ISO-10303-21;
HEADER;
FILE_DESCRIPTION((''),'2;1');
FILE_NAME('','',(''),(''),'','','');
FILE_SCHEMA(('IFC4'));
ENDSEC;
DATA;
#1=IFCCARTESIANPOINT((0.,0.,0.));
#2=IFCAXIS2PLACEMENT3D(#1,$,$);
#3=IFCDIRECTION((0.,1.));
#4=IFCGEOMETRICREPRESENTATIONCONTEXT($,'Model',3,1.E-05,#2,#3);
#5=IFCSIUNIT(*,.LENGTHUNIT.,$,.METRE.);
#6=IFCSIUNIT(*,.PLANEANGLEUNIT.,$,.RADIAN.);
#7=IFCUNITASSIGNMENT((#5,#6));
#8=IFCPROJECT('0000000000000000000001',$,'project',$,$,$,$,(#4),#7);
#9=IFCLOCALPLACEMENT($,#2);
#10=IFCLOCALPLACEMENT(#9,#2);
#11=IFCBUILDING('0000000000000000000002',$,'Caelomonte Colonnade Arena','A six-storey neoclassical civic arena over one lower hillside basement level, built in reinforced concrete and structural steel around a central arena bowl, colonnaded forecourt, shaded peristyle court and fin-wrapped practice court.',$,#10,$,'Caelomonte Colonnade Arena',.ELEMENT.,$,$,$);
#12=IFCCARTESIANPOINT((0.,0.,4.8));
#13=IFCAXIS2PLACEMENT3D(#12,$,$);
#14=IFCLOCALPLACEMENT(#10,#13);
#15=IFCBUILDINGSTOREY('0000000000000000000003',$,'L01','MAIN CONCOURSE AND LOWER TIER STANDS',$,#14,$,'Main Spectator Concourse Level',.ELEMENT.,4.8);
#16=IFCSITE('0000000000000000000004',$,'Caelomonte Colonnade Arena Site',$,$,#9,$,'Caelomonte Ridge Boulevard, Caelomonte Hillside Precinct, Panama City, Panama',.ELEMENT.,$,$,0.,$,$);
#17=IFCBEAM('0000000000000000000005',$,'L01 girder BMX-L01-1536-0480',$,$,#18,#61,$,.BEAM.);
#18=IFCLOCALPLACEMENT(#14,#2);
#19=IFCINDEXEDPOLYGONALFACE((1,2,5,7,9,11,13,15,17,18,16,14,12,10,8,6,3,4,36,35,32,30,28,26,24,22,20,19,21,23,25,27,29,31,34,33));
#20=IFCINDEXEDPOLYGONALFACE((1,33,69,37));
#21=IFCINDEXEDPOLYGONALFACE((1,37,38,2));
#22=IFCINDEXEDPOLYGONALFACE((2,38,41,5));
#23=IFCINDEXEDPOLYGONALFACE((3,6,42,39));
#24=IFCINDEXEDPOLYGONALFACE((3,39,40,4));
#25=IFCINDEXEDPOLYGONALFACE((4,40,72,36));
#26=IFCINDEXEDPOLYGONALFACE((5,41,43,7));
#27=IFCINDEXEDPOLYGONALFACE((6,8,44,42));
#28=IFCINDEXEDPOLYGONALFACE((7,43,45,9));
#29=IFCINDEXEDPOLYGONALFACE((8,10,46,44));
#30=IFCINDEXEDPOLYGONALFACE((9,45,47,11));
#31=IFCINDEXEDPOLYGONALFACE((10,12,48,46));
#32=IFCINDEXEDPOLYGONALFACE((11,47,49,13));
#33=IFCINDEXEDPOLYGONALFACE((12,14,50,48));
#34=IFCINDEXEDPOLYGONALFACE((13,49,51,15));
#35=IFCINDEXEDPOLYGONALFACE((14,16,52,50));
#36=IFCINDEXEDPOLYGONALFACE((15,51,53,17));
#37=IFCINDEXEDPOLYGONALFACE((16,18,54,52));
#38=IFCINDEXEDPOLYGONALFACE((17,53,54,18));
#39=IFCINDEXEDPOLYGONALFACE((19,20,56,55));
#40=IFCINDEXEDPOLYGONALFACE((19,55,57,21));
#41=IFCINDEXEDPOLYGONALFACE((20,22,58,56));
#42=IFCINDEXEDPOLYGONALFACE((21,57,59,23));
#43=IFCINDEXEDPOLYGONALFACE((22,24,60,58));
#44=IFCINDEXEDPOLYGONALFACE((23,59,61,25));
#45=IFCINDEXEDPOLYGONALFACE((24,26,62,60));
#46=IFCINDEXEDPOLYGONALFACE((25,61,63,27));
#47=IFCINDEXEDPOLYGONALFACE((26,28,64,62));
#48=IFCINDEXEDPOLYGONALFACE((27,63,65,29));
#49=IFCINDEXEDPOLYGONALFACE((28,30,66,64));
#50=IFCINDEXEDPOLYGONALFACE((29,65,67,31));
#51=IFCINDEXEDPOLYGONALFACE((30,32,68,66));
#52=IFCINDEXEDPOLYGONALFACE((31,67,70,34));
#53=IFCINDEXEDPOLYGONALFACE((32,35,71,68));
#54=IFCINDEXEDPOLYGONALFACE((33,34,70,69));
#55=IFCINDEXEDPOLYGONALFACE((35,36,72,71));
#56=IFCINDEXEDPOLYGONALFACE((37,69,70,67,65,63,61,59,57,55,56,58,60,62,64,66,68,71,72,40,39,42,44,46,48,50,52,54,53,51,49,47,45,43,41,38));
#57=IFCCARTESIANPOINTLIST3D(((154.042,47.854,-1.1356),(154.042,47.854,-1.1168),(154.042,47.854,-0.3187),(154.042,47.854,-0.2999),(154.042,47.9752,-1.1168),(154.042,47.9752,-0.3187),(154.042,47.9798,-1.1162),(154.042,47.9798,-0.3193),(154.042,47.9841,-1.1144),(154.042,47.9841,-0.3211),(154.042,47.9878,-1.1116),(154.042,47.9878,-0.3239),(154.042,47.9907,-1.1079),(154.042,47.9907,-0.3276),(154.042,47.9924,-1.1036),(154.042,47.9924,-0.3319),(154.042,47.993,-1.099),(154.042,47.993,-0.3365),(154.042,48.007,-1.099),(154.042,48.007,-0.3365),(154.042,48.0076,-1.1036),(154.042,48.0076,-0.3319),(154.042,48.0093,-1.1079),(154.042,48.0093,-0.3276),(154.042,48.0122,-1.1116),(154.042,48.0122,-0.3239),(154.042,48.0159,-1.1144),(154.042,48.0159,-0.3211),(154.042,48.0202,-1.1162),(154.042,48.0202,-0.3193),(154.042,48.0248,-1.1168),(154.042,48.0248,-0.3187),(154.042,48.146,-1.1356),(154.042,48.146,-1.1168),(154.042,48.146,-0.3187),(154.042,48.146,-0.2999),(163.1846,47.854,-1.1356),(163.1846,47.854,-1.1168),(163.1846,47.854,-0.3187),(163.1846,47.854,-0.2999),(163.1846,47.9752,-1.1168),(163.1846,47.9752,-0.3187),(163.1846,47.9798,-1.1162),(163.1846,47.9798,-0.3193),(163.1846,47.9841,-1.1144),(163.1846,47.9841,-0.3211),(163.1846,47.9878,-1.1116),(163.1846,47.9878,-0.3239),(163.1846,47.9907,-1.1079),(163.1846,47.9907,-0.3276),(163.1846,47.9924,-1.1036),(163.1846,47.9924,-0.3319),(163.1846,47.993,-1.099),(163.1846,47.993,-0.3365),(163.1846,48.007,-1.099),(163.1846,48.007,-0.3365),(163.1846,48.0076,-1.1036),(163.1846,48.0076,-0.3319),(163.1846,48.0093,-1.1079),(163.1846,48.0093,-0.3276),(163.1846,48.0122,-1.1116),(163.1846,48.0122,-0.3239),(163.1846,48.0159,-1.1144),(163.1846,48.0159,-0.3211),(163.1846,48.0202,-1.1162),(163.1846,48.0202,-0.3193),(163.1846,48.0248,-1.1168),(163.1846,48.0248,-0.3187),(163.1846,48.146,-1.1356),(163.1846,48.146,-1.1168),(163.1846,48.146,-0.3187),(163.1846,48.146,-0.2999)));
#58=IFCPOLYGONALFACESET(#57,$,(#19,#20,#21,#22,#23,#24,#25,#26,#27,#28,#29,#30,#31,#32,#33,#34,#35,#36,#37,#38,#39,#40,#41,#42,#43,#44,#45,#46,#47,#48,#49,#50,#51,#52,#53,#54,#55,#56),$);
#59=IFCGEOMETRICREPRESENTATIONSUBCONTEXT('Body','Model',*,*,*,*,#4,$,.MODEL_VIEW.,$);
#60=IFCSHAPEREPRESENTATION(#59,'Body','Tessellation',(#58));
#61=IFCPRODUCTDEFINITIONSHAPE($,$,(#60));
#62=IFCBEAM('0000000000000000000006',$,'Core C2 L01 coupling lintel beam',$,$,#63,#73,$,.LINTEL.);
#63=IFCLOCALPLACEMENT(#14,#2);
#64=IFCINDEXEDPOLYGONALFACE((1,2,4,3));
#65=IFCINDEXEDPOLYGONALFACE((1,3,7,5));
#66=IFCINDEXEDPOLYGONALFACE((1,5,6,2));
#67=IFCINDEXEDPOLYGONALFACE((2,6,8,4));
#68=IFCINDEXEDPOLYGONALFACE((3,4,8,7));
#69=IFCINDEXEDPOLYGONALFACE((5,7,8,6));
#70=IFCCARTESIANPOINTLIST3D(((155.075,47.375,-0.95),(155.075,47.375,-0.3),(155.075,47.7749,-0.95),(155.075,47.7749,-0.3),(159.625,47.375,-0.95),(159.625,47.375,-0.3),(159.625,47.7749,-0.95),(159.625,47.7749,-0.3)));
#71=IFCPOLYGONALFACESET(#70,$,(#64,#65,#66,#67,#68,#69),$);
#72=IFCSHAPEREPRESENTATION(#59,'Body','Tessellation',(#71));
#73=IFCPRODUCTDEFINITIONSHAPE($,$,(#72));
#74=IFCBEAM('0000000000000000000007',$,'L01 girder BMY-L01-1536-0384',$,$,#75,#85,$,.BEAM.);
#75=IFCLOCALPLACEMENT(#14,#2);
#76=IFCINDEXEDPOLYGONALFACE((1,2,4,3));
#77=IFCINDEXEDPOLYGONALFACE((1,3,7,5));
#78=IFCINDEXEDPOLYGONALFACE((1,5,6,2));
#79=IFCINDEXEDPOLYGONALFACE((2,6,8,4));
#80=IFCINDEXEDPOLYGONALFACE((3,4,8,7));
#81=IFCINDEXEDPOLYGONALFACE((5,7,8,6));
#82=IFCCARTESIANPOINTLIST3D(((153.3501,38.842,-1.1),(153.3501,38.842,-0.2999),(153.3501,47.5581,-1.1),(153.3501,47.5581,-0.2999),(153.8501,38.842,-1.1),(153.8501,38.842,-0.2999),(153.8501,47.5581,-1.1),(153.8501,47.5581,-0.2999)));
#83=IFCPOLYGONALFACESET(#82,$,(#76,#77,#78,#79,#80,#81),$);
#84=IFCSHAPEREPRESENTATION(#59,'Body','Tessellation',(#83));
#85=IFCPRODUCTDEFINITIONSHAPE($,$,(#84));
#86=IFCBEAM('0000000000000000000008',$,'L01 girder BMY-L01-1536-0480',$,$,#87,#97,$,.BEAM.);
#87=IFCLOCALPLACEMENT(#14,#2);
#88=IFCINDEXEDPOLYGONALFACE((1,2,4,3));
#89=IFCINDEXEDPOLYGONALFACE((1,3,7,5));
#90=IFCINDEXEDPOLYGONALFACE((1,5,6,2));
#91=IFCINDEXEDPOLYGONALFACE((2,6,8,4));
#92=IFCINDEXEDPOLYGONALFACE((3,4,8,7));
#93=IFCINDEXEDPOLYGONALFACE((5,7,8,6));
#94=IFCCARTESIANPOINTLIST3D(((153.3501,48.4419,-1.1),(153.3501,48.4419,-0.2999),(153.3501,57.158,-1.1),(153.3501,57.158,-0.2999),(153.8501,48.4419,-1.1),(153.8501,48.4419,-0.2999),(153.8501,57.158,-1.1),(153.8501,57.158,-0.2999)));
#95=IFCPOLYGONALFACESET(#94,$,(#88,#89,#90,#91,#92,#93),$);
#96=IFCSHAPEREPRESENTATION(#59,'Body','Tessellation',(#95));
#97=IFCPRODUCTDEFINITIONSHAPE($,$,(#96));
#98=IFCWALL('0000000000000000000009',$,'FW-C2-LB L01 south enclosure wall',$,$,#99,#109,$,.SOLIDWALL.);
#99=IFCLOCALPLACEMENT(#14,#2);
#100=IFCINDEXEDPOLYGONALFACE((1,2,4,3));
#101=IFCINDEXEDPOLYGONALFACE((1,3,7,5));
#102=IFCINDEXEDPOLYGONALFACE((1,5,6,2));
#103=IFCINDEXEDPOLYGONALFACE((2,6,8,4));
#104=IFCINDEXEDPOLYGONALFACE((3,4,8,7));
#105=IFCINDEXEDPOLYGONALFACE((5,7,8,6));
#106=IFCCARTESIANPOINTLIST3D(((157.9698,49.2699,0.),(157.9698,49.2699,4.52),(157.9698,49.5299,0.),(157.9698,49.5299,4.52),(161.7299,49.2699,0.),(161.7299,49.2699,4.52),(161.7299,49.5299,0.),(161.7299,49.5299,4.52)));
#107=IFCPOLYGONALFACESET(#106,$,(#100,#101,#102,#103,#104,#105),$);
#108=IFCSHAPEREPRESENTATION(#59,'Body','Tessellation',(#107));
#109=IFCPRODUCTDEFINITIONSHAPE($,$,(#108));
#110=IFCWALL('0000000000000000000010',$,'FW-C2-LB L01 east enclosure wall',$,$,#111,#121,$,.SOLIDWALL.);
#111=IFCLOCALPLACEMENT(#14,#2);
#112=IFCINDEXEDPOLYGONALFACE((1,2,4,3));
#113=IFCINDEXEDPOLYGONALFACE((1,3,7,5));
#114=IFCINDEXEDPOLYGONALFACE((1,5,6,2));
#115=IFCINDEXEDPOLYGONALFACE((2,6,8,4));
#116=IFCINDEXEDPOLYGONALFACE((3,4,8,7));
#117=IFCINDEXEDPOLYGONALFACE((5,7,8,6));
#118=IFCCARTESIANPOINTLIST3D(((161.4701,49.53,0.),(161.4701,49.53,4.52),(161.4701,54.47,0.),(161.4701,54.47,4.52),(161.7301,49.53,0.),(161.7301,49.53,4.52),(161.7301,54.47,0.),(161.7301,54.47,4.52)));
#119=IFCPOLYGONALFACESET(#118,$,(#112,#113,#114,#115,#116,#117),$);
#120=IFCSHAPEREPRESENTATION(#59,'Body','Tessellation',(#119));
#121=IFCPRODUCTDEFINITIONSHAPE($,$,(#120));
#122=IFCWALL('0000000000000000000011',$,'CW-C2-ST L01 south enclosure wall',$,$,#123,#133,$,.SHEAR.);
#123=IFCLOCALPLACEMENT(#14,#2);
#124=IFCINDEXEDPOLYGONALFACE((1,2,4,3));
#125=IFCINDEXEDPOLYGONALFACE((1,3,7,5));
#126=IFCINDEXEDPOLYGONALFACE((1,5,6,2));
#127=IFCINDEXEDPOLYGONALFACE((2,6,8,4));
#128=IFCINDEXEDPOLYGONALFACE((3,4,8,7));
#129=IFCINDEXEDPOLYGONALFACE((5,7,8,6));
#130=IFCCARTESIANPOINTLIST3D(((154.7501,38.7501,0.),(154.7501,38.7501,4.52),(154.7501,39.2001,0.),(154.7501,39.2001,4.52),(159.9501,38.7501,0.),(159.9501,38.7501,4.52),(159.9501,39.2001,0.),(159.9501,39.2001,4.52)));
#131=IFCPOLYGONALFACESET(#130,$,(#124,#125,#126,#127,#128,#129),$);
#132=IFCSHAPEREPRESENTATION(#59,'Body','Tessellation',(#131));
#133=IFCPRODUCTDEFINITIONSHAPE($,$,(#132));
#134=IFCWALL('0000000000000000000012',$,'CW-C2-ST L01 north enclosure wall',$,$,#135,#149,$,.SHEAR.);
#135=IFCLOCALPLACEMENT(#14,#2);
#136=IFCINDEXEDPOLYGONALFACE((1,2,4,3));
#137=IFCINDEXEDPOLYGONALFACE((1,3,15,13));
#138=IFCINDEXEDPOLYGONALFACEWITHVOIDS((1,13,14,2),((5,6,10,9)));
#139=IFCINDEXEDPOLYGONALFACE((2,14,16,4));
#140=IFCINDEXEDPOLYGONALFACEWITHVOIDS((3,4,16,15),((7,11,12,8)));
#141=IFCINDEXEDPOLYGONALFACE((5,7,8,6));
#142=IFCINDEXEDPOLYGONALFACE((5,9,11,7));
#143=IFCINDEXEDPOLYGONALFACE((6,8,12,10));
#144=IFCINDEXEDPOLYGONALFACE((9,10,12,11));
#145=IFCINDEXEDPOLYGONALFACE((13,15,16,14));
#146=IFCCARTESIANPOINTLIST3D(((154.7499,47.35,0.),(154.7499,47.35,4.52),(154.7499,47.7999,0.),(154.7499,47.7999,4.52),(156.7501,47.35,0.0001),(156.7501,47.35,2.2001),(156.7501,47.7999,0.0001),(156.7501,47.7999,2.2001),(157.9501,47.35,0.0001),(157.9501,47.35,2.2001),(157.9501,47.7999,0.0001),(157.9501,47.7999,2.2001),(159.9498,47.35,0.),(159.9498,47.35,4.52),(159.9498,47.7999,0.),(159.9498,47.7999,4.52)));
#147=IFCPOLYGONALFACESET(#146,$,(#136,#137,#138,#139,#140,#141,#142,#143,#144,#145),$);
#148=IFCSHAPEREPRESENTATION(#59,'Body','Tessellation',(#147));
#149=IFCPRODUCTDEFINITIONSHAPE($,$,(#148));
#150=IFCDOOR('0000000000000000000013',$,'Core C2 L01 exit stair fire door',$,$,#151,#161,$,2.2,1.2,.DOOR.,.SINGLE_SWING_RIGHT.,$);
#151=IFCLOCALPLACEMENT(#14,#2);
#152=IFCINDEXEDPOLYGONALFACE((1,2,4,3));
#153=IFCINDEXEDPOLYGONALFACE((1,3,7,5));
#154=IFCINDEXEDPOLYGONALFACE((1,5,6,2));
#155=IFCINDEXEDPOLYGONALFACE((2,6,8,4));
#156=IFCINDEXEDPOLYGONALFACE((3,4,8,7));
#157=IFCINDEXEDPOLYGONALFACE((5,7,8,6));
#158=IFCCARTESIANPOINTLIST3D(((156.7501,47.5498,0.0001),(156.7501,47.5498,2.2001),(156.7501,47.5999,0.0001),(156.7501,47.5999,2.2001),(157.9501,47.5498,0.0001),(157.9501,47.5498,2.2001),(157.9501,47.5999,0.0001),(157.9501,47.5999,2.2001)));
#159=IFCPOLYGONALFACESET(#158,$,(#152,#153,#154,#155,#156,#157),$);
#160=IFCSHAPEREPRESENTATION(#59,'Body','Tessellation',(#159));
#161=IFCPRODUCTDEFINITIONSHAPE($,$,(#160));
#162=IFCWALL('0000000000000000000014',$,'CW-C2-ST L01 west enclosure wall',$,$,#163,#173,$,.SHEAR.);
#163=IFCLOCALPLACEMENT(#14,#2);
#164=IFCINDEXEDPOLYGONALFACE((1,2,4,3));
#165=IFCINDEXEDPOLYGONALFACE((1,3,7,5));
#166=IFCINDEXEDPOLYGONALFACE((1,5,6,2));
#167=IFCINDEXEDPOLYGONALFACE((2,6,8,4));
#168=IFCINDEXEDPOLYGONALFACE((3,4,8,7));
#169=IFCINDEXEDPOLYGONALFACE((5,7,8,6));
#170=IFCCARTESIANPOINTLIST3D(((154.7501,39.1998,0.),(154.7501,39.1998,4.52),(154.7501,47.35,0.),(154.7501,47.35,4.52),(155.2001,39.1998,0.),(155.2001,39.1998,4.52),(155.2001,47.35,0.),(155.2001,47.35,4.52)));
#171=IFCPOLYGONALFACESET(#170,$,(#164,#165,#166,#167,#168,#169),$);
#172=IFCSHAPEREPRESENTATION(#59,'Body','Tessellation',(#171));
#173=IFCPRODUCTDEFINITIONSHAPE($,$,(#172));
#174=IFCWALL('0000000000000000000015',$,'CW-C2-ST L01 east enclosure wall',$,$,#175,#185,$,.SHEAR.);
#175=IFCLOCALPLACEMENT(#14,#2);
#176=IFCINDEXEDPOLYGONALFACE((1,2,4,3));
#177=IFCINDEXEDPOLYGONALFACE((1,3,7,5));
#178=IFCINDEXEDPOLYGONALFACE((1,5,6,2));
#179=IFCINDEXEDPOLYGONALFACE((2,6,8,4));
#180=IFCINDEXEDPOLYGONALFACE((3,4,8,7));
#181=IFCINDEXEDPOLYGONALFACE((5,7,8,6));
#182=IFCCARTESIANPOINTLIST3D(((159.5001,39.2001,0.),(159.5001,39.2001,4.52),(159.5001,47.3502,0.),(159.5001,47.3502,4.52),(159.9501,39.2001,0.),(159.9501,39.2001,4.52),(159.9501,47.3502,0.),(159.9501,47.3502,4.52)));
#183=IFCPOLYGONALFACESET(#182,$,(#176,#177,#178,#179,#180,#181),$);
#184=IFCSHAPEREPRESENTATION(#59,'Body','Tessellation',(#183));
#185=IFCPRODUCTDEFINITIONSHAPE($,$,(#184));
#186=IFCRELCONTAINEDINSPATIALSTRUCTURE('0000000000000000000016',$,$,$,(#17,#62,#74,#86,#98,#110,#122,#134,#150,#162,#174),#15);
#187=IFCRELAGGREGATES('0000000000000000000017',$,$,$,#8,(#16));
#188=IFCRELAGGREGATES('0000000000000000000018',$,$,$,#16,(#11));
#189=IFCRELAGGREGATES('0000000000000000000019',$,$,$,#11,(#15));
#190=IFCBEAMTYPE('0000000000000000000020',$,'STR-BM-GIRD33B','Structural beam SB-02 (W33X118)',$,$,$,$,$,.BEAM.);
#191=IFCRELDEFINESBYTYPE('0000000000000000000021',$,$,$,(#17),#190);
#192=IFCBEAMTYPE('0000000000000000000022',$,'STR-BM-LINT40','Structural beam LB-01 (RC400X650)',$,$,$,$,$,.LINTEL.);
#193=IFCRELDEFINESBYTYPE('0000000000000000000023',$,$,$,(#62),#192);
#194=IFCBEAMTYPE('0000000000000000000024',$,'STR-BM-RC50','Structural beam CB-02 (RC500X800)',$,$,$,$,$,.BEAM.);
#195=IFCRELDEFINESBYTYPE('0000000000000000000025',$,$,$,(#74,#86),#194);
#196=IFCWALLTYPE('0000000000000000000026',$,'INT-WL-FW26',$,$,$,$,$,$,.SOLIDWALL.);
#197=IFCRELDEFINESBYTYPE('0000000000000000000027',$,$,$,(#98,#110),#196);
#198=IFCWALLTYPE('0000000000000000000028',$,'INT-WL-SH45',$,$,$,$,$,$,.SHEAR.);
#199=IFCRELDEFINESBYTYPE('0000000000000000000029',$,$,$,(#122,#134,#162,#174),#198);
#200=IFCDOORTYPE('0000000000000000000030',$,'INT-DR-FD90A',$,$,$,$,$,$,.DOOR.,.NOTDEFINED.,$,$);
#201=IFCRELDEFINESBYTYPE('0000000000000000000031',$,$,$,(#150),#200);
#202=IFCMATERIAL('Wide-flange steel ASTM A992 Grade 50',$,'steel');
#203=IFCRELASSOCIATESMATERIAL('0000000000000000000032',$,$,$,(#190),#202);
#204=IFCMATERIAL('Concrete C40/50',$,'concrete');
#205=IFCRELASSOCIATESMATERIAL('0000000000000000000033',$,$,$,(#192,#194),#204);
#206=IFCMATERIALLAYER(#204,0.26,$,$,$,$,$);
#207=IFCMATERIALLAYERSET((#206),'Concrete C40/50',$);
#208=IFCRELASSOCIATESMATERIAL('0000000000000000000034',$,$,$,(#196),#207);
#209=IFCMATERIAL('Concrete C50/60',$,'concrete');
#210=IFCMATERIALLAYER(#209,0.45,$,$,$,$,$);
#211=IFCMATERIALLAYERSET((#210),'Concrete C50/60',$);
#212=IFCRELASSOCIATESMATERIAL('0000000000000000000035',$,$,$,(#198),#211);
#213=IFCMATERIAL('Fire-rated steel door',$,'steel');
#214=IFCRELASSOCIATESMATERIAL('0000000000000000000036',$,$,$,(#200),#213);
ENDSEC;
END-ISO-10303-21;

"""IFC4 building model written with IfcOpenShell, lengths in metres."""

from ifc_helpers import new_model, si_unit, direction, frame, frame_2d, origin, origin_2d, place, context, subcontext, project, spatial, rectangle, i_section, extrude, material, layer, layer_set, material_profile, profile_set, type_object, element, fill, save


model = new_model("IFC4")

# Units and contexts
model_context = context("Model", 3, precision=1e-05, world=origin(), true_north=direction((0.0, 1.0)))
body_context = subcontext(model_context, "Body", "Model", "MODEL_VIEW")
ifc_project = project(units=[si_unit("LENGTHUNIT", "METRE"), si_unit("PLANEANGLEUNIT", "RADIAN")], contexts=[model_context])

# Site, building, storey
site_placement = place(None, origin())
site = spatial("IfcSite", under=ifc_project, at=site_placement, Name="Caelomonte Colonnade Arena Site", LongName="Caelomonte Ridge Boulevard, Caelomonte Hillside Precinct, Panama City, Panama", CompositionType="ELEMENT", RefElevation=0.0)
building_placement = place(site_placement, origin())
building = spatial("IfcBuilding", under=site, at=building_placement, Name="Caelomonte Colonnade Arena", Description="A six-storey neoclassical civic arena over one lower hillside basement level, built in reinforced concrete and structural steel around a central arena bowl, colonnaded forecourt, shaded peristyle court and fin-wrapped practice court.", LongName="Caelomonte Colonnade Arena", CompositionType="ELEMENT")
storey_placement = place(building_placement, frame((0.0, 0.0, 4.8)))
storey = spatial("IfcBuildingStorey", under=building, at=storey_placement, Name="L01", Description="MAIN CONCOURSE AND LOWER TIER STANDS", LongName="Main Spectator Concourse Level", CompositionType="ELEMENT", Elevation=4.8)

# Shared definitions
ifc_material_1 = material(Name="Concrete C50/60", Category="concrete")
ifc_material_2 = material(Name="Wide-flange steel ASTM A992 Grade 50", Category="steel")

# Beams
ifc_material_profile_1 = material_profile(ifc_material_2, i_section(OverallWidth=0.292, OverallDepth=0.8357, WebThickness=0.0139, FlangeThickness=0.0188, FilletRadius=0.0178, at=origin_2d()), Name="W33X118")
ifc_profile_set_1 = profile_set([ifc_material_profile_1], Name="Wide-flange steel ASTM A992 Grade 50")
beam_type_1 = type_object("IfcBeamType", Name="STR-BM-GIRD33B", Description="Structural beam SB-02 (W33X118)", PredefinedType="BEAM", material=ifc_profile_set_1)
for number, where, z_axis, x_axis, name in (
    (1, (154.042, 48.0, -0.7178), (1.0, 0.0, 0.0), (0.0, 1.0, 0.0), "L01 girder BMX-L01-1536-0480"),
):
    element("IfcBeam", number, at=place(storey_placement, frame(where, z_axis=z_axis, x_axis=x_axis)), inside=storey, type_object=beam_type_1, Name=name, PredefinedType="BEAM", context=body_context, shape_type="SweptSolid", body=[
        extrude(i_section(OverallWidth=0.292, OverallDepth=0.8357, WebThickness=0.0139, FlangeThickness=0.0188, FilletRadius=0.0178, at=origin_2d()), origin(), (0.0, 0.0, 1.0), 9.1426),
    ])
ifc_material_3 = material(Name="Concrete C40/50", Category="concrete")
ifc_material_profile_2 = material_profile(ifc_material_3, rectangle(XDim=0.3999, YDim=0.6499, at=origin_2d()), Name="RC400X650")
ifc_profile_set_2 = profile_set([ifc_material_profile_2], Name="Concrete C40/50")
beam_type_2 = type_object("IfcBeamType", Name="STR-BM-LINT40", Description="Structural beam LB-01 (RC400X650)", PredefinedType="LINTEL", material=ifc_profile_set_2)
beam_1_placement = place(storey_placement, frame((155.075, 47.575, -0.625), z_axis=(1.0, 0.0, 0.0), x_axis=(0.0, 1.0, 0.0)))
element("IfcBeam", 2, at=beam_1_placement, inside=storey, type_object=beam_type_2, Name="Core C2 L01 coupling lintel beam", PredefinedType="LINTEL", context=body_context, shape_type="SweptSolid", body=[
    extrude(rectangle(XDim=0.3999, YDim=0.6499, at=origin_2d()), origin(), (0.0, 0.0, 1.0), 4.55),
])
ifc_material_profile_3 = material_profile(ifc_material_3, rectangle(XDim=0.5, YDim=0.8, at=origin_2d()), Name="RC500X800")
ifc_profile_set_3 = profile_set([ifc_material_profile_3], Name="Concrete C40/50")
beam_type_3 = type_object("IfcBeamType", Name="STR-BM-RC50", Description="Structural beam CB-02 (RC500X800)", PredefinedType="BEAM", material=ifc_profile_set_3)
for number, where, z_axis, x_axis, name in (
    (3, (153.6001, 38.842, -0.7), (0.0, 1.0, 0.0), (-1.0, 0.0, 0.0), "L01 girder BMY-L01-1536-0384"),
    (4, (153.6001, 48.4419, -0.7), (0.0, 1.0, 0.0), (-1.0, 0.0, 0.0), "L01 girder BMY-L01-1536-0480"),
):
    element("IfcBeam", number, at=place(storey_placement, frame(where, z_axis=z_axis, x_axis=x_axis)), inside=storey, type_object=beam_type_3, Name=name, PredefinedType="BEAM", context=body_context, shape_type="SweptSolid", body=[
        extrude(rectangle(XDim=0.5, YDim=0.8, at=origin_2d()), origin(), (0.0, 0.0, 1.0), 8.7161),
    ])

# Walls
ifc_layer_1 = layer(ifc_material_3, 0.26)
ifc_layer_set_1 = layer_set([ifc_layer_1], Name="Concrete C40/50")
wall_type_1 = type_object("IfcWallType", Name="INT-WL-FW26", PredefinedType="SOLIDWALL", material=ifc_layer_set_1)
wall_1_placement = place(storey_placement, frame((157.97, 49.3999, 0.0), z_axis=(0.0, 0.0, 1.0), x_axis=(1.0, 0.0, 0.0)))
element("IfcWall", 5, at=wall_1_placement, inside=storey, type_object=wall_type_1, Name="FW-C2-LB L01 south enclosure wall", PredefinedType="SOLIDWALL", context=body_context, shape_type="SweptSolid", body=[
    extrude(rectangle(XDim=3.76, YDim=0.26, at=frame_2d((1.8799, 0.0))), origin(), (0.0, 0.0, 1.0), 4.52),
])
wall_2_placement = place(storey_placement, frame((161.6001, 49.53, 0.0), z_axis=(0.0, 0.0, 1.0), x_axis=(0.0, 1.0, 0.0)))
element("IfcWall", 6, at=wall_2_placement, inside=storey, type_object=wall_type_1, Name="FW-C2-LB L01 east enclosure wall", PredefinedType="SOLIDWALL", context=body_context, shape_type="SweptSolid", body=[
    extrude(rectangle(XDim=4.9399, YDim=0.26, at=frame_2d((2.47, 0.0))), origin(), (0.0, 0.0, 1.0), 4.52),
])
ifc_layer_2 = layer(ifc_material_1, 0.45)
ifc_layer_set_2 = layer_set([ifc_layer_2], Name="Concrete C50/60")
wall_type_2 = type_object("IfcWallType", Name="INT-WL-SH45", PredefinedType="SHEAR", material=ifc_layer_set_2)
wall_3_placement = place(storey_placement, frame((154.75, 38.9751, 0.0), z_axis=(0.0, 0.0, 1.0), x_axis=(1.0, 0.0, 0.0)))
element("IfcWall", 7, at=wall_3_placement, inside=storey, type_object=wall_type_2, Name="CW-C2-ST L01 south enclosure wall", PredefinedType="SHEAR", context=body_context, shape_type="SweptSolid", body=[
    extrude(rectangle(XDim=5.2, YDim=0.45, at=frame_2d((2.6001, 0.0))), origin(), (0.0, 0.0, 1.0), 4.52),
])

# Wall, opening, door
wall_4_placement = place(storey_placement, frame((159.95, 47.575, 0.0), z_axis=(0.0, 0.0, 1.0), x_axis=(-1.0, 0.0, 0.0)))
wall_4 = element("IfcWall", 8, at=wall_4_placement, inside=storey, type_object=wall_type_2, Name="CW-C2-ST L01 north enclosure wall", PredefinedType="SHEAR", context=body_context, shape_type="SweptSolid", body=[
    extrude(rectangle(XDim=5.2, YDim=0.45, at=frame_2d((2.6001, 0.0))), origin(), (0.0, 0.0, 1.0), 4.52),
])
opening_placement = place(wall_4_placement, frame((3.2, 0.0, 0.0), z_axis=(0.0, 0.0, 1.0), x_axis=(-1.0, 0.0, 0.0)))
opening = element("IfcOpeningElement", 9, at=opening_placement, cuts=wall_4, PredefinedType="OPENING", context=body_context, shape_type="SweptSolid", body=[
    extrude(rectangle(XDim=1.2, YDim=2.2, at=frame_2d((0.6001, 1.1001))), frame((0.0, 0.2349, 0.0), z_axis=(0.0, -1.0, 0.0), x_axis=(1.0, 0.0, 0.0)), (0.0, 0.0, 1.0), 0.47),
])
ifc_material_4 = material(Name="Fire-rated steel door", Category="steel")
door_type = type_object("IfcDoorType", Name="INT-DR-FD90A", OperationType="NOTDEFINED", PredefinedType="DOOR", material=ifc_material_4)
door_placement = place(opening_placement, origin())
door = element("IfcDoor", 10, at=door_placement, inside=storey, type_object=door_type, Name="Core C2 L01 exit stair fire door", OperationType="SINGLE_SWING_RIGHT", OverallHeight=2.2, OverallWidth=1.2, PredefinedType="DOOR", context=body_context, shape_type="SweptSolid", body=[
    extrude(rectangle(XDim=1.2, YDim=2.2, at=frame_2d((0.6001, 1.1001))), frame((0.0, 0.0249, 0.0), z_axis=(0.0, -1.0, 0.0), x_axis=(1.0, 0.0, 0.0)), (0.0, 0.0, 1.0), 0.05),
])
fill(opening, door)

# Walls
for number, where, z_axis, x_axis, name in (
    (11, (154.9751, 47.3501, 0.0), (0.0, 0.0, 1.0), (0.0, -1.0, 0.0), "CW-C2-ST L01 west enclosure wall"),
    (12, (159.7251, 39.2, 0.0), (0.0, 0.0, 1.0), (0.0, 1.0, 0.0), "CW-C2-ST L01 east enclosure wall"),
):
    element("IfcWall", number, at=place(storey_placement, frame(where, z_axis=z_axis, x_axis=x_axis)), inside=storey, type_object=wall_type_2, Name=name, PredefinedType="SHEAR", context=body_context, shape_type="SweptSolid", body=[
        extrude(rectangle(XDim=8.1501, YDim=0.45, at=frame_2d((4.0752, 0.0))), origin(), (0.0, 0.0, 1.0), 4.52),
    ])

save(model, "model.ifc")
